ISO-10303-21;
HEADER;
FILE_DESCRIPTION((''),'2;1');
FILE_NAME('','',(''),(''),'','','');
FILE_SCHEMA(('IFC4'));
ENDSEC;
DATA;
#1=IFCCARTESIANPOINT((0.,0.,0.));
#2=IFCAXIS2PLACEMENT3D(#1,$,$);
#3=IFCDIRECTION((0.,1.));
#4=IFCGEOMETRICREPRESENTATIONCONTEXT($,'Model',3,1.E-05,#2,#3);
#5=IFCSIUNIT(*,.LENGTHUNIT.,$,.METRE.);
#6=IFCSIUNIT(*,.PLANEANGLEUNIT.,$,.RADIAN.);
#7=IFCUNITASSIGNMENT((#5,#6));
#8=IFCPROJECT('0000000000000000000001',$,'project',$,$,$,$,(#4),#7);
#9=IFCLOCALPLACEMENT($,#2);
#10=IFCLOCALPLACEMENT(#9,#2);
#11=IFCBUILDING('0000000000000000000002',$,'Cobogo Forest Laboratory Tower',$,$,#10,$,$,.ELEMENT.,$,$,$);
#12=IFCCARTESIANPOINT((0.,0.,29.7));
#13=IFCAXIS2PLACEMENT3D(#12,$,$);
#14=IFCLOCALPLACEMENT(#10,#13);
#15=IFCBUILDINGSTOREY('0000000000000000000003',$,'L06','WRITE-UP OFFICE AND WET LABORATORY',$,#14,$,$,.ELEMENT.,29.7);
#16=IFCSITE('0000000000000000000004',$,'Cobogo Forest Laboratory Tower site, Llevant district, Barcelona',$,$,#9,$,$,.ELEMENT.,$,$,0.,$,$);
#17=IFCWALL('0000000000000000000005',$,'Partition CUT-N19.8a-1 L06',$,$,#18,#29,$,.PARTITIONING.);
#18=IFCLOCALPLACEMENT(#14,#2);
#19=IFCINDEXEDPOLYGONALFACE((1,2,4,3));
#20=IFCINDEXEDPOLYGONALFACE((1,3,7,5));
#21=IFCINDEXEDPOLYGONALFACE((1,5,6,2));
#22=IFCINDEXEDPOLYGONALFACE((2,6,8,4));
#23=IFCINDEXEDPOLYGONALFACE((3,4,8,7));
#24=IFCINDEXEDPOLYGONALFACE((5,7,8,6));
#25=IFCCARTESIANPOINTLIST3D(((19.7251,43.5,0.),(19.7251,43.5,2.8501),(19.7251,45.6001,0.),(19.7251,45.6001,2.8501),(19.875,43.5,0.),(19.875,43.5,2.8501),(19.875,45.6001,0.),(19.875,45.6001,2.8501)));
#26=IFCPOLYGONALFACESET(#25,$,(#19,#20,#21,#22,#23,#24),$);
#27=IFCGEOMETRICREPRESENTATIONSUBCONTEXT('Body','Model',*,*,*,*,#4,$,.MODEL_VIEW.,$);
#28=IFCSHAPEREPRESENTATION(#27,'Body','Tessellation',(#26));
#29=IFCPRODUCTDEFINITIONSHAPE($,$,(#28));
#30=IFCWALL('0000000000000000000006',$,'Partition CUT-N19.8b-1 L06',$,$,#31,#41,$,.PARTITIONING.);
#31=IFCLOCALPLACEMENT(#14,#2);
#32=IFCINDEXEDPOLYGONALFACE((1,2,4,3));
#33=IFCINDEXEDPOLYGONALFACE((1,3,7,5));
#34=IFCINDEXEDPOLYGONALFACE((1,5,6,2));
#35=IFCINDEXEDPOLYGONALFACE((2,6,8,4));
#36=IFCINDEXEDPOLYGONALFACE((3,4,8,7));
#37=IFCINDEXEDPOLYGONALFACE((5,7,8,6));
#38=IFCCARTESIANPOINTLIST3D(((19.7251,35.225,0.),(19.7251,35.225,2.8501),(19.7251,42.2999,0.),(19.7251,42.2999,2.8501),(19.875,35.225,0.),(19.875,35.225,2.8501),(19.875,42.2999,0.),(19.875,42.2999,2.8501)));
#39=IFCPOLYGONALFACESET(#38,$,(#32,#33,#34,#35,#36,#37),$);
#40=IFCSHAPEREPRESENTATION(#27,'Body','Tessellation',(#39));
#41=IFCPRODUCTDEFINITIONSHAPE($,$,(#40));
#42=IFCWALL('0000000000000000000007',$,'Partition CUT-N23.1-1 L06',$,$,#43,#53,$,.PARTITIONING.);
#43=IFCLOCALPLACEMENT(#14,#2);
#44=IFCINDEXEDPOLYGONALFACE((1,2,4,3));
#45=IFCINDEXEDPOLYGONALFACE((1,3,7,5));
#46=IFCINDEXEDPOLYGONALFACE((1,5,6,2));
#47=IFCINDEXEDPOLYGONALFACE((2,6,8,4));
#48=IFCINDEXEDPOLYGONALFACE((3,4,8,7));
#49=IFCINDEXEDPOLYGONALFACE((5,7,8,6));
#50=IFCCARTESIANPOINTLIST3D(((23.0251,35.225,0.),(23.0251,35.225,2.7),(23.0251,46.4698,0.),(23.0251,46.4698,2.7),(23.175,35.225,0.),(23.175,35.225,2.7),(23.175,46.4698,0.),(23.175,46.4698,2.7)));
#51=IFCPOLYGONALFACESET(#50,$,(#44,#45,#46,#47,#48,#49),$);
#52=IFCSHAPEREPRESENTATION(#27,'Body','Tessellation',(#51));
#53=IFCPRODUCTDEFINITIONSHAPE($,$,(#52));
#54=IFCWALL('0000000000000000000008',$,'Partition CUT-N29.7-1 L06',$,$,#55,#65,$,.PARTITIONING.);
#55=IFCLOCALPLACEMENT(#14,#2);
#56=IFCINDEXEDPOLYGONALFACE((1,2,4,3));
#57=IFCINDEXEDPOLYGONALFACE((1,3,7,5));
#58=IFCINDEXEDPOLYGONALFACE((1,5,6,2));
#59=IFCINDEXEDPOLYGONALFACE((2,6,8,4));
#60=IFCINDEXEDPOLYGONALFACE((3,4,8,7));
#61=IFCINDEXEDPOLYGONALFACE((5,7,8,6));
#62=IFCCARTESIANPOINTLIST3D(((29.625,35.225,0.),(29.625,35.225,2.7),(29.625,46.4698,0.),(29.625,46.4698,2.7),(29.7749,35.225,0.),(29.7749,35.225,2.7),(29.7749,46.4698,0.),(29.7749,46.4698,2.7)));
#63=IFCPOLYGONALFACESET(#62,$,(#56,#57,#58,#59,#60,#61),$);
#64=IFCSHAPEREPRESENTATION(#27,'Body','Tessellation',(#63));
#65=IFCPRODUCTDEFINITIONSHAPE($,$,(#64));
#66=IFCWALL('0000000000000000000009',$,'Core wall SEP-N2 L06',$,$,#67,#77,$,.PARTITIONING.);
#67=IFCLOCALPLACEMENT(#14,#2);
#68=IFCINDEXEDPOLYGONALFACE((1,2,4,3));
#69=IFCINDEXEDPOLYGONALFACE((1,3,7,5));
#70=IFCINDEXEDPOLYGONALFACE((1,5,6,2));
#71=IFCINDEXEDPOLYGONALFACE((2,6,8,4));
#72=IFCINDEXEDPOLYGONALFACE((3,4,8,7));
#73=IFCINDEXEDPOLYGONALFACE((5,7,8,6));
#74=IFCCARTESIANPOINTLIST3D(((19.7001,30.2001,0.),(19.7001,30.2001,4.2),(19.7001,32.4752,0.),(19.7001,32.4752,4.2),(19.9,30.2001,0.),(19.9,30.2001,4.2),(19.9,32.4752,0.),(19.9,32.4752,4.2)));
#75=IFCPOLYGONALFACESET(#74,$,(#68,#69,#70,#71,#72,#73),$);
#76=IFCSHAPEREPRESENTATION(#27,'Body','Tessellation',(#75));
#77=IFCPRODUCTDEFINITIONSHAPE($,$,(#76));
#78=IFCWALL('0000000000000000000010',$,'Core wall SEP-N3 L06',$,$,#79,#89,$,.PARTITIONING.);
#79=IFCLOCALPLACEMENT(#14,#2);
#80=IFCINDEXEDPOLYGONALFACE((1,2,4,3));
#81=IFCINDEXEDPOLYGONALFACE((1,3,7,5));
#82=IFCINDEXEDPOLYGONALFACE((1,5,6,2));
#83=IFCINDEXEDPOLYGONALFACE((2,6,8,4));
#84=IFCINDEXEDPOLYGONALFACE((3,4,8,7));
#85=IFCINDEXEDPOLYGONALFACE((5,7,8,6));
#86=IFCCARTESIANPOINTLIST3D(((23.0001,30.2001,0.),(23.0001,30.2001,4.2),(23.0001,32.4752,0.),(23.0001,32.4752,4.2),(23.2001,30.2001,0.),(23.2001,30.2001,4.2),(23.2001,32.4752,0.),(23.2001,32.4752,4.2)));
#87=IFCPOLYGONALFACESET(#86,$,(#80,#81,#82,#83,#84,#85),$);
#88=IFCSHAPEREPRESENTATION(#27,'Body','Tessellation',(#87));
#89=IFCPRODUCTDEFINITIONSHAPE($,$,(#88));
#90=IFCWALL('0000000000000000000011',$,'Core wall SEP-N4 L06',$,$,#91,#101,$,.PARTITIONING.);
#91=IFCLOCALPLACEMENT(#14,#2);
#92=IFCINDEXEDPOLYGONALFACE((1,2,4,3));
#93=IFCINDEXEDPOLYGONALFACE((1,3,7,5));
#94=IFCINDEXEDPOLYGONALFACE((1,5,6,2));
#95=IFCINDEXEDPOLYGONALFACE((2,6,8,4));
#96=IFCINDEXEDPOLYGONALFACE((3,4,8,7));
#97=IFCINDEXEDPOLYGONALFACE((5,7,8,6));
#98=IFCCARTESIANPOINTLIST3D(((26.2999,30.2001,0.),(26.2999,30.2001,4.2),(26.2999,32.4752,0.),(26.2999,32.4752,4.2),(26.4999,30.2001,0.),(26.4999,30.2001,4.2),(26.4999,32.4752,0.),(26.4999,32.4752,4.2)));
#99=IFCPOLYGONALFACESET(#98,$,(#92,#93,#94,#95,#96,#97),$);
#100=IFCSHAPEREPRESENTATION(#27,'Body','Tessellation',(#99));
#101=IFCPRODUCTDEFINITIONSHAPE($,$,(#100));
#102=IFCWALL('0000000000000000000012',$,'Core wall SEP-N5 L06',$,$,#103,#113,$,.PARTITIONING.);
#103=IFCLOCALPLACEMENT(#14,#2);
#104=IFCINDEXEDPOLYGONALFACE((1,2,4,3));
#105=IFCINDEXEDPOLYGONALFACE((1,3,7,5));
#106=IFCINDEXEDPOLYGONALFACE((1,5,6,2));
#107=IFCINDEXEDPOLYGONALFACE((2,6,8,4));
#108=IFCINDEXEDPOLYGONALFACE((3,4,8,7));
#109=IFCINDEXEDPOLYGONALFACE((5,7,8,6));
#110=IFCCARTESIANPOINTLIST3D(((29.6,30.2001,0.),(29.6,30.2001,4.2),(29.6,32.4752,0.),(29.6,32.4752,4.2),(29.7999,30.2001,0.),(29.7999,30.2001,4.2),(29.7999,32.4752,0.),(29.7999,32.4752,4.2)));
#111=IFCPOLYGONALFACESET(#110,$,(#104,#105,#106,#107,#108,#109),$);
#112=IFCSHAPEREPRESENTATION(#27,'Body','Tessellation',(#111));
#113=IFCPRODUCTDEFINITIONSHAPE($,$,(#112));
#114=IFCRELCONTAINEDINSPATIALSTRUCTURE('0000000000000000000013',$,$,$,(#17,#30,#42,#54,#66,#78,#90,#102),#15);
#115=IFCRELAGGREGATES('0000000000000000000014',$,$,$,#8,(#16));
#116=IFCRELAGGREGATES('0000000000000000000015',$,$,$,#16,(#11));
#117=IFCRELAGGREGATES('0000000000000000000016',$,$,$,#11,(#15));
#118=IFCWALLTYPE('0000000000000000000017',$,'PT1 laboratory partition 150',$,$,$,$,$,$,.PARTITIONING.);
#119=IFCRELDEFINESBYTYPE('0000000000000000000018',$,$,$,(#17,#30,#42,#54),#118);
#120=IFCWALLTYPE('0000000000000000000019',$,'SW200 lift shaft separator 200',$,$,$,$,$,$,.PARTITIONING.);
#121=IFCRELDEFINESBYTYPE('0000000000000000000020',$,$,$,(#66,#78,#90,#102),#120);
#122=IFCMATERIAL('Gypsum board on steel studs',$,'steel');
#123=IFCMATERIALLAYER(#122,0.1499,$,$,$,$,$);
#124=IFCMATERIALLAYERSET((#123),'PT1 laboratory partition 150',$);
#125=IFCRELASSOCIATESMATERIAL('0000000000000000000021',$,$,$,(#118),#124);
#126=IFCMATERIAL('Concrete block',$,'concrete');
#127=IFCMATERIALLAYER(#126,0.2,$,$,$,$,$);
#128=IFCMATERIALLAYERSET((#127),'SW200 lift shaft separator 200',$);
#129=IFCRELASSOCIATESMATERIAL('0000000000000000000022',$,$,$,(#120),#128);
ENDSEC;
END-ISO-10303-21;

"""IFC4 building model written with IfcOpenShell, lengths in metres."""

from ifc_helpers import new_model, si_unit, direction, frame, frame_2d, origin, place, context, subcontext, project, spatial, rectangle, extrude, material, layer, layer_set, type_object, element, save


model = new_model("IFC4")

# Units and contexts
model_context = context("Model", 3, precision=1e-05, world=origin(), true_north=direction((0.0, 1.0)))
body_context = subcontext(model_context, "Body", "Model", "MODEL_VIEW")
ifc_project = project(units=[si_unit("LENGTHUNIT", "METRE"), si_unit("PLANEANGLEUNIT", "RADIAN")], contexts=[model_context])

# Site, building, storey
site_placement = place(None, origin())
site = spatial("IfcSite", under=ifc_project, at=site_placement, Name="Cobogo Forest Laboratory Tower site, Llevant district, Barcelona", CompositionType="ELEMENT", RefElevation=0.0)
building_placement = place(site_placement, origin())
building = spatial("IfcBuilding", under=site, at=building_placement, Name="Cobogo Forest Laboratory Tower", CompositionType="ELEMENT")
storey_placement = place(building_placement, frame((0.0, 0.0, 29.7)))
storey = spatial("IfcBuildingStorey", under=building, at=storey_placement, Name="L06", Description="WRITE-UP OFFICE AND WET LABORATORY", CompositionType="ELEMENT", Elevation=29.7)

# Shared definitions
ifc_material_1 = material(Name="Gypsum board on steel studs", Category="steel")
ifc_layer_1 = layer(ifc_material_1, 0.1499)
ifc_layer_set_1 = layer_set([ifc_layer_1], Name="PT1 laboratory partition 150")
wall_type_1 = type_object("IfcWallType", Name="PT1 laboratory partition 150", PredefinedType="PARTITIONING", material=ifc_layer_set_1)

# Walls
wall_1_placement = place(storey_placement, frame((19.8, 45.6001, 0.0), z_axis=(0.0, 0.0, 1.0), x_axis=(0.0, -1.0, 0.0)))
element("IfcWall", 1, at=wall_1_placement, inside=storey, type_object=wall_type_1, Name="Partition CUT-N19.8a-1 L06", PredefinedType="PARTITIONING", context=body_context, shape_type="SweptSolid", body=[
    extrude(rectangle(XDim=2.1001, YDim=0.1499, at=frame_2d((1.05, 0.0))), origin(), (0.0, 0.0, 1.0), 2.8501),
])
wall_2_placement = place(storey_placement, frame((19.8, 42.3, 0.0), z_axis=(0.0, 0.0, 1.0), x_axis=(0.0, -1.0, 0.0)))
element("IfcWall", 2, at=wall_2_placement, inside=storey, type_object=wall_type_1, Name="Partition CUT-N19.8b-1 L06", PredefinedType="PARTITIONING", context=body_context, shape_type="SweptSolid", body=[
    extrude(rectangle(XDim=7.075, YDim=0.1499, at=frame_2d((3.5376, 0.0))), origin(), (0.0, 0.0, 1.0), 2.8501),
])
for number, where, z_axis, x_axis, name in (
    (3, (23.1001, 46.47, 0.0), (0.0, 0.0, 1.0), (0.0, -1.0, 0.0), "Partition CUT-N23.1-1 L06"),
    (4, (29.7, 46.47, 0.0), (0.0, 0.0, 1.0), (0.0, -1.0, 0.0), "Partition CUT-N29.7-1 L06"),
):
    element("IfcWall", number, at=place(storey_placement, frame(where, z_axis=z_axis, x_axis=x_axis)), inside=storey, type_object=wall_type_1, Name=name, PredefinedType="PARTITIONING", context=body_context, shape_type="SweptSolid", body=[
        extrude(rectangle(XDim=11.2449, YDim=0.1499, at=frame_2d((5.6226, 0.0))), origin(), (0.0, 0.0, 1.0), 2.7),
    ])
ifc_material_2 = material(Name="Concrete block", Category="concrete")
ifc_layer_2 = layer(ifc_material_2, 0.2)
ifc_layer_set_2 = layer_set([ifc_layer_2], Name="SW200 lift shaft separator 200")
wall_type_2 = type_object("IfcWallType", Name="SW200 lift shaft separator 200", PredefinedType="PARTITIONING", material=ifc_layer_set_2)
for number, where, z_axis, x_axis, name in (
    (5, (19.8, 30.2, 0.0), (0.0, 0.0, 1.0), (0.0, 1.0, 0.0), "Core wall SEP-N2 L06"),
    (6, (23.1001, 30.2, 0.0), (0.0, 0.0, 1.0), (0.0, 1.0, 0.0), "Core wall SEP-N3 L06"),
    (7, (26.3999, 30.2, 0.0), (0.0, 0.0, 1.0), (0.0, 1.0, 0.0), "Core wall SEP-N4 L06"),
    (8, (29.7, 30.2, 0.0), (0.0, 0.0, 1.0), (0.0, 1.0, 0.0), "Core wall SEP-N5 L06"),
):
    element("IfcWall", number, at=place(storey_placement, frame(where, z_axis=z_axis, x_axis=x_axis)), inside=storey, type_object=wall_type_2, Name=name, PredefinedType="PARTITIONING", context=body_context, shape_type="SweptSolid", body=[
        extrude(rectangle(XDim=2.2751, YDim=0.2, at=frame_2d((1.1377, 0.0))), origin(), (0.0, 0.0, 1.0), 4.2),
    ])

save(model, "model.ifc")
